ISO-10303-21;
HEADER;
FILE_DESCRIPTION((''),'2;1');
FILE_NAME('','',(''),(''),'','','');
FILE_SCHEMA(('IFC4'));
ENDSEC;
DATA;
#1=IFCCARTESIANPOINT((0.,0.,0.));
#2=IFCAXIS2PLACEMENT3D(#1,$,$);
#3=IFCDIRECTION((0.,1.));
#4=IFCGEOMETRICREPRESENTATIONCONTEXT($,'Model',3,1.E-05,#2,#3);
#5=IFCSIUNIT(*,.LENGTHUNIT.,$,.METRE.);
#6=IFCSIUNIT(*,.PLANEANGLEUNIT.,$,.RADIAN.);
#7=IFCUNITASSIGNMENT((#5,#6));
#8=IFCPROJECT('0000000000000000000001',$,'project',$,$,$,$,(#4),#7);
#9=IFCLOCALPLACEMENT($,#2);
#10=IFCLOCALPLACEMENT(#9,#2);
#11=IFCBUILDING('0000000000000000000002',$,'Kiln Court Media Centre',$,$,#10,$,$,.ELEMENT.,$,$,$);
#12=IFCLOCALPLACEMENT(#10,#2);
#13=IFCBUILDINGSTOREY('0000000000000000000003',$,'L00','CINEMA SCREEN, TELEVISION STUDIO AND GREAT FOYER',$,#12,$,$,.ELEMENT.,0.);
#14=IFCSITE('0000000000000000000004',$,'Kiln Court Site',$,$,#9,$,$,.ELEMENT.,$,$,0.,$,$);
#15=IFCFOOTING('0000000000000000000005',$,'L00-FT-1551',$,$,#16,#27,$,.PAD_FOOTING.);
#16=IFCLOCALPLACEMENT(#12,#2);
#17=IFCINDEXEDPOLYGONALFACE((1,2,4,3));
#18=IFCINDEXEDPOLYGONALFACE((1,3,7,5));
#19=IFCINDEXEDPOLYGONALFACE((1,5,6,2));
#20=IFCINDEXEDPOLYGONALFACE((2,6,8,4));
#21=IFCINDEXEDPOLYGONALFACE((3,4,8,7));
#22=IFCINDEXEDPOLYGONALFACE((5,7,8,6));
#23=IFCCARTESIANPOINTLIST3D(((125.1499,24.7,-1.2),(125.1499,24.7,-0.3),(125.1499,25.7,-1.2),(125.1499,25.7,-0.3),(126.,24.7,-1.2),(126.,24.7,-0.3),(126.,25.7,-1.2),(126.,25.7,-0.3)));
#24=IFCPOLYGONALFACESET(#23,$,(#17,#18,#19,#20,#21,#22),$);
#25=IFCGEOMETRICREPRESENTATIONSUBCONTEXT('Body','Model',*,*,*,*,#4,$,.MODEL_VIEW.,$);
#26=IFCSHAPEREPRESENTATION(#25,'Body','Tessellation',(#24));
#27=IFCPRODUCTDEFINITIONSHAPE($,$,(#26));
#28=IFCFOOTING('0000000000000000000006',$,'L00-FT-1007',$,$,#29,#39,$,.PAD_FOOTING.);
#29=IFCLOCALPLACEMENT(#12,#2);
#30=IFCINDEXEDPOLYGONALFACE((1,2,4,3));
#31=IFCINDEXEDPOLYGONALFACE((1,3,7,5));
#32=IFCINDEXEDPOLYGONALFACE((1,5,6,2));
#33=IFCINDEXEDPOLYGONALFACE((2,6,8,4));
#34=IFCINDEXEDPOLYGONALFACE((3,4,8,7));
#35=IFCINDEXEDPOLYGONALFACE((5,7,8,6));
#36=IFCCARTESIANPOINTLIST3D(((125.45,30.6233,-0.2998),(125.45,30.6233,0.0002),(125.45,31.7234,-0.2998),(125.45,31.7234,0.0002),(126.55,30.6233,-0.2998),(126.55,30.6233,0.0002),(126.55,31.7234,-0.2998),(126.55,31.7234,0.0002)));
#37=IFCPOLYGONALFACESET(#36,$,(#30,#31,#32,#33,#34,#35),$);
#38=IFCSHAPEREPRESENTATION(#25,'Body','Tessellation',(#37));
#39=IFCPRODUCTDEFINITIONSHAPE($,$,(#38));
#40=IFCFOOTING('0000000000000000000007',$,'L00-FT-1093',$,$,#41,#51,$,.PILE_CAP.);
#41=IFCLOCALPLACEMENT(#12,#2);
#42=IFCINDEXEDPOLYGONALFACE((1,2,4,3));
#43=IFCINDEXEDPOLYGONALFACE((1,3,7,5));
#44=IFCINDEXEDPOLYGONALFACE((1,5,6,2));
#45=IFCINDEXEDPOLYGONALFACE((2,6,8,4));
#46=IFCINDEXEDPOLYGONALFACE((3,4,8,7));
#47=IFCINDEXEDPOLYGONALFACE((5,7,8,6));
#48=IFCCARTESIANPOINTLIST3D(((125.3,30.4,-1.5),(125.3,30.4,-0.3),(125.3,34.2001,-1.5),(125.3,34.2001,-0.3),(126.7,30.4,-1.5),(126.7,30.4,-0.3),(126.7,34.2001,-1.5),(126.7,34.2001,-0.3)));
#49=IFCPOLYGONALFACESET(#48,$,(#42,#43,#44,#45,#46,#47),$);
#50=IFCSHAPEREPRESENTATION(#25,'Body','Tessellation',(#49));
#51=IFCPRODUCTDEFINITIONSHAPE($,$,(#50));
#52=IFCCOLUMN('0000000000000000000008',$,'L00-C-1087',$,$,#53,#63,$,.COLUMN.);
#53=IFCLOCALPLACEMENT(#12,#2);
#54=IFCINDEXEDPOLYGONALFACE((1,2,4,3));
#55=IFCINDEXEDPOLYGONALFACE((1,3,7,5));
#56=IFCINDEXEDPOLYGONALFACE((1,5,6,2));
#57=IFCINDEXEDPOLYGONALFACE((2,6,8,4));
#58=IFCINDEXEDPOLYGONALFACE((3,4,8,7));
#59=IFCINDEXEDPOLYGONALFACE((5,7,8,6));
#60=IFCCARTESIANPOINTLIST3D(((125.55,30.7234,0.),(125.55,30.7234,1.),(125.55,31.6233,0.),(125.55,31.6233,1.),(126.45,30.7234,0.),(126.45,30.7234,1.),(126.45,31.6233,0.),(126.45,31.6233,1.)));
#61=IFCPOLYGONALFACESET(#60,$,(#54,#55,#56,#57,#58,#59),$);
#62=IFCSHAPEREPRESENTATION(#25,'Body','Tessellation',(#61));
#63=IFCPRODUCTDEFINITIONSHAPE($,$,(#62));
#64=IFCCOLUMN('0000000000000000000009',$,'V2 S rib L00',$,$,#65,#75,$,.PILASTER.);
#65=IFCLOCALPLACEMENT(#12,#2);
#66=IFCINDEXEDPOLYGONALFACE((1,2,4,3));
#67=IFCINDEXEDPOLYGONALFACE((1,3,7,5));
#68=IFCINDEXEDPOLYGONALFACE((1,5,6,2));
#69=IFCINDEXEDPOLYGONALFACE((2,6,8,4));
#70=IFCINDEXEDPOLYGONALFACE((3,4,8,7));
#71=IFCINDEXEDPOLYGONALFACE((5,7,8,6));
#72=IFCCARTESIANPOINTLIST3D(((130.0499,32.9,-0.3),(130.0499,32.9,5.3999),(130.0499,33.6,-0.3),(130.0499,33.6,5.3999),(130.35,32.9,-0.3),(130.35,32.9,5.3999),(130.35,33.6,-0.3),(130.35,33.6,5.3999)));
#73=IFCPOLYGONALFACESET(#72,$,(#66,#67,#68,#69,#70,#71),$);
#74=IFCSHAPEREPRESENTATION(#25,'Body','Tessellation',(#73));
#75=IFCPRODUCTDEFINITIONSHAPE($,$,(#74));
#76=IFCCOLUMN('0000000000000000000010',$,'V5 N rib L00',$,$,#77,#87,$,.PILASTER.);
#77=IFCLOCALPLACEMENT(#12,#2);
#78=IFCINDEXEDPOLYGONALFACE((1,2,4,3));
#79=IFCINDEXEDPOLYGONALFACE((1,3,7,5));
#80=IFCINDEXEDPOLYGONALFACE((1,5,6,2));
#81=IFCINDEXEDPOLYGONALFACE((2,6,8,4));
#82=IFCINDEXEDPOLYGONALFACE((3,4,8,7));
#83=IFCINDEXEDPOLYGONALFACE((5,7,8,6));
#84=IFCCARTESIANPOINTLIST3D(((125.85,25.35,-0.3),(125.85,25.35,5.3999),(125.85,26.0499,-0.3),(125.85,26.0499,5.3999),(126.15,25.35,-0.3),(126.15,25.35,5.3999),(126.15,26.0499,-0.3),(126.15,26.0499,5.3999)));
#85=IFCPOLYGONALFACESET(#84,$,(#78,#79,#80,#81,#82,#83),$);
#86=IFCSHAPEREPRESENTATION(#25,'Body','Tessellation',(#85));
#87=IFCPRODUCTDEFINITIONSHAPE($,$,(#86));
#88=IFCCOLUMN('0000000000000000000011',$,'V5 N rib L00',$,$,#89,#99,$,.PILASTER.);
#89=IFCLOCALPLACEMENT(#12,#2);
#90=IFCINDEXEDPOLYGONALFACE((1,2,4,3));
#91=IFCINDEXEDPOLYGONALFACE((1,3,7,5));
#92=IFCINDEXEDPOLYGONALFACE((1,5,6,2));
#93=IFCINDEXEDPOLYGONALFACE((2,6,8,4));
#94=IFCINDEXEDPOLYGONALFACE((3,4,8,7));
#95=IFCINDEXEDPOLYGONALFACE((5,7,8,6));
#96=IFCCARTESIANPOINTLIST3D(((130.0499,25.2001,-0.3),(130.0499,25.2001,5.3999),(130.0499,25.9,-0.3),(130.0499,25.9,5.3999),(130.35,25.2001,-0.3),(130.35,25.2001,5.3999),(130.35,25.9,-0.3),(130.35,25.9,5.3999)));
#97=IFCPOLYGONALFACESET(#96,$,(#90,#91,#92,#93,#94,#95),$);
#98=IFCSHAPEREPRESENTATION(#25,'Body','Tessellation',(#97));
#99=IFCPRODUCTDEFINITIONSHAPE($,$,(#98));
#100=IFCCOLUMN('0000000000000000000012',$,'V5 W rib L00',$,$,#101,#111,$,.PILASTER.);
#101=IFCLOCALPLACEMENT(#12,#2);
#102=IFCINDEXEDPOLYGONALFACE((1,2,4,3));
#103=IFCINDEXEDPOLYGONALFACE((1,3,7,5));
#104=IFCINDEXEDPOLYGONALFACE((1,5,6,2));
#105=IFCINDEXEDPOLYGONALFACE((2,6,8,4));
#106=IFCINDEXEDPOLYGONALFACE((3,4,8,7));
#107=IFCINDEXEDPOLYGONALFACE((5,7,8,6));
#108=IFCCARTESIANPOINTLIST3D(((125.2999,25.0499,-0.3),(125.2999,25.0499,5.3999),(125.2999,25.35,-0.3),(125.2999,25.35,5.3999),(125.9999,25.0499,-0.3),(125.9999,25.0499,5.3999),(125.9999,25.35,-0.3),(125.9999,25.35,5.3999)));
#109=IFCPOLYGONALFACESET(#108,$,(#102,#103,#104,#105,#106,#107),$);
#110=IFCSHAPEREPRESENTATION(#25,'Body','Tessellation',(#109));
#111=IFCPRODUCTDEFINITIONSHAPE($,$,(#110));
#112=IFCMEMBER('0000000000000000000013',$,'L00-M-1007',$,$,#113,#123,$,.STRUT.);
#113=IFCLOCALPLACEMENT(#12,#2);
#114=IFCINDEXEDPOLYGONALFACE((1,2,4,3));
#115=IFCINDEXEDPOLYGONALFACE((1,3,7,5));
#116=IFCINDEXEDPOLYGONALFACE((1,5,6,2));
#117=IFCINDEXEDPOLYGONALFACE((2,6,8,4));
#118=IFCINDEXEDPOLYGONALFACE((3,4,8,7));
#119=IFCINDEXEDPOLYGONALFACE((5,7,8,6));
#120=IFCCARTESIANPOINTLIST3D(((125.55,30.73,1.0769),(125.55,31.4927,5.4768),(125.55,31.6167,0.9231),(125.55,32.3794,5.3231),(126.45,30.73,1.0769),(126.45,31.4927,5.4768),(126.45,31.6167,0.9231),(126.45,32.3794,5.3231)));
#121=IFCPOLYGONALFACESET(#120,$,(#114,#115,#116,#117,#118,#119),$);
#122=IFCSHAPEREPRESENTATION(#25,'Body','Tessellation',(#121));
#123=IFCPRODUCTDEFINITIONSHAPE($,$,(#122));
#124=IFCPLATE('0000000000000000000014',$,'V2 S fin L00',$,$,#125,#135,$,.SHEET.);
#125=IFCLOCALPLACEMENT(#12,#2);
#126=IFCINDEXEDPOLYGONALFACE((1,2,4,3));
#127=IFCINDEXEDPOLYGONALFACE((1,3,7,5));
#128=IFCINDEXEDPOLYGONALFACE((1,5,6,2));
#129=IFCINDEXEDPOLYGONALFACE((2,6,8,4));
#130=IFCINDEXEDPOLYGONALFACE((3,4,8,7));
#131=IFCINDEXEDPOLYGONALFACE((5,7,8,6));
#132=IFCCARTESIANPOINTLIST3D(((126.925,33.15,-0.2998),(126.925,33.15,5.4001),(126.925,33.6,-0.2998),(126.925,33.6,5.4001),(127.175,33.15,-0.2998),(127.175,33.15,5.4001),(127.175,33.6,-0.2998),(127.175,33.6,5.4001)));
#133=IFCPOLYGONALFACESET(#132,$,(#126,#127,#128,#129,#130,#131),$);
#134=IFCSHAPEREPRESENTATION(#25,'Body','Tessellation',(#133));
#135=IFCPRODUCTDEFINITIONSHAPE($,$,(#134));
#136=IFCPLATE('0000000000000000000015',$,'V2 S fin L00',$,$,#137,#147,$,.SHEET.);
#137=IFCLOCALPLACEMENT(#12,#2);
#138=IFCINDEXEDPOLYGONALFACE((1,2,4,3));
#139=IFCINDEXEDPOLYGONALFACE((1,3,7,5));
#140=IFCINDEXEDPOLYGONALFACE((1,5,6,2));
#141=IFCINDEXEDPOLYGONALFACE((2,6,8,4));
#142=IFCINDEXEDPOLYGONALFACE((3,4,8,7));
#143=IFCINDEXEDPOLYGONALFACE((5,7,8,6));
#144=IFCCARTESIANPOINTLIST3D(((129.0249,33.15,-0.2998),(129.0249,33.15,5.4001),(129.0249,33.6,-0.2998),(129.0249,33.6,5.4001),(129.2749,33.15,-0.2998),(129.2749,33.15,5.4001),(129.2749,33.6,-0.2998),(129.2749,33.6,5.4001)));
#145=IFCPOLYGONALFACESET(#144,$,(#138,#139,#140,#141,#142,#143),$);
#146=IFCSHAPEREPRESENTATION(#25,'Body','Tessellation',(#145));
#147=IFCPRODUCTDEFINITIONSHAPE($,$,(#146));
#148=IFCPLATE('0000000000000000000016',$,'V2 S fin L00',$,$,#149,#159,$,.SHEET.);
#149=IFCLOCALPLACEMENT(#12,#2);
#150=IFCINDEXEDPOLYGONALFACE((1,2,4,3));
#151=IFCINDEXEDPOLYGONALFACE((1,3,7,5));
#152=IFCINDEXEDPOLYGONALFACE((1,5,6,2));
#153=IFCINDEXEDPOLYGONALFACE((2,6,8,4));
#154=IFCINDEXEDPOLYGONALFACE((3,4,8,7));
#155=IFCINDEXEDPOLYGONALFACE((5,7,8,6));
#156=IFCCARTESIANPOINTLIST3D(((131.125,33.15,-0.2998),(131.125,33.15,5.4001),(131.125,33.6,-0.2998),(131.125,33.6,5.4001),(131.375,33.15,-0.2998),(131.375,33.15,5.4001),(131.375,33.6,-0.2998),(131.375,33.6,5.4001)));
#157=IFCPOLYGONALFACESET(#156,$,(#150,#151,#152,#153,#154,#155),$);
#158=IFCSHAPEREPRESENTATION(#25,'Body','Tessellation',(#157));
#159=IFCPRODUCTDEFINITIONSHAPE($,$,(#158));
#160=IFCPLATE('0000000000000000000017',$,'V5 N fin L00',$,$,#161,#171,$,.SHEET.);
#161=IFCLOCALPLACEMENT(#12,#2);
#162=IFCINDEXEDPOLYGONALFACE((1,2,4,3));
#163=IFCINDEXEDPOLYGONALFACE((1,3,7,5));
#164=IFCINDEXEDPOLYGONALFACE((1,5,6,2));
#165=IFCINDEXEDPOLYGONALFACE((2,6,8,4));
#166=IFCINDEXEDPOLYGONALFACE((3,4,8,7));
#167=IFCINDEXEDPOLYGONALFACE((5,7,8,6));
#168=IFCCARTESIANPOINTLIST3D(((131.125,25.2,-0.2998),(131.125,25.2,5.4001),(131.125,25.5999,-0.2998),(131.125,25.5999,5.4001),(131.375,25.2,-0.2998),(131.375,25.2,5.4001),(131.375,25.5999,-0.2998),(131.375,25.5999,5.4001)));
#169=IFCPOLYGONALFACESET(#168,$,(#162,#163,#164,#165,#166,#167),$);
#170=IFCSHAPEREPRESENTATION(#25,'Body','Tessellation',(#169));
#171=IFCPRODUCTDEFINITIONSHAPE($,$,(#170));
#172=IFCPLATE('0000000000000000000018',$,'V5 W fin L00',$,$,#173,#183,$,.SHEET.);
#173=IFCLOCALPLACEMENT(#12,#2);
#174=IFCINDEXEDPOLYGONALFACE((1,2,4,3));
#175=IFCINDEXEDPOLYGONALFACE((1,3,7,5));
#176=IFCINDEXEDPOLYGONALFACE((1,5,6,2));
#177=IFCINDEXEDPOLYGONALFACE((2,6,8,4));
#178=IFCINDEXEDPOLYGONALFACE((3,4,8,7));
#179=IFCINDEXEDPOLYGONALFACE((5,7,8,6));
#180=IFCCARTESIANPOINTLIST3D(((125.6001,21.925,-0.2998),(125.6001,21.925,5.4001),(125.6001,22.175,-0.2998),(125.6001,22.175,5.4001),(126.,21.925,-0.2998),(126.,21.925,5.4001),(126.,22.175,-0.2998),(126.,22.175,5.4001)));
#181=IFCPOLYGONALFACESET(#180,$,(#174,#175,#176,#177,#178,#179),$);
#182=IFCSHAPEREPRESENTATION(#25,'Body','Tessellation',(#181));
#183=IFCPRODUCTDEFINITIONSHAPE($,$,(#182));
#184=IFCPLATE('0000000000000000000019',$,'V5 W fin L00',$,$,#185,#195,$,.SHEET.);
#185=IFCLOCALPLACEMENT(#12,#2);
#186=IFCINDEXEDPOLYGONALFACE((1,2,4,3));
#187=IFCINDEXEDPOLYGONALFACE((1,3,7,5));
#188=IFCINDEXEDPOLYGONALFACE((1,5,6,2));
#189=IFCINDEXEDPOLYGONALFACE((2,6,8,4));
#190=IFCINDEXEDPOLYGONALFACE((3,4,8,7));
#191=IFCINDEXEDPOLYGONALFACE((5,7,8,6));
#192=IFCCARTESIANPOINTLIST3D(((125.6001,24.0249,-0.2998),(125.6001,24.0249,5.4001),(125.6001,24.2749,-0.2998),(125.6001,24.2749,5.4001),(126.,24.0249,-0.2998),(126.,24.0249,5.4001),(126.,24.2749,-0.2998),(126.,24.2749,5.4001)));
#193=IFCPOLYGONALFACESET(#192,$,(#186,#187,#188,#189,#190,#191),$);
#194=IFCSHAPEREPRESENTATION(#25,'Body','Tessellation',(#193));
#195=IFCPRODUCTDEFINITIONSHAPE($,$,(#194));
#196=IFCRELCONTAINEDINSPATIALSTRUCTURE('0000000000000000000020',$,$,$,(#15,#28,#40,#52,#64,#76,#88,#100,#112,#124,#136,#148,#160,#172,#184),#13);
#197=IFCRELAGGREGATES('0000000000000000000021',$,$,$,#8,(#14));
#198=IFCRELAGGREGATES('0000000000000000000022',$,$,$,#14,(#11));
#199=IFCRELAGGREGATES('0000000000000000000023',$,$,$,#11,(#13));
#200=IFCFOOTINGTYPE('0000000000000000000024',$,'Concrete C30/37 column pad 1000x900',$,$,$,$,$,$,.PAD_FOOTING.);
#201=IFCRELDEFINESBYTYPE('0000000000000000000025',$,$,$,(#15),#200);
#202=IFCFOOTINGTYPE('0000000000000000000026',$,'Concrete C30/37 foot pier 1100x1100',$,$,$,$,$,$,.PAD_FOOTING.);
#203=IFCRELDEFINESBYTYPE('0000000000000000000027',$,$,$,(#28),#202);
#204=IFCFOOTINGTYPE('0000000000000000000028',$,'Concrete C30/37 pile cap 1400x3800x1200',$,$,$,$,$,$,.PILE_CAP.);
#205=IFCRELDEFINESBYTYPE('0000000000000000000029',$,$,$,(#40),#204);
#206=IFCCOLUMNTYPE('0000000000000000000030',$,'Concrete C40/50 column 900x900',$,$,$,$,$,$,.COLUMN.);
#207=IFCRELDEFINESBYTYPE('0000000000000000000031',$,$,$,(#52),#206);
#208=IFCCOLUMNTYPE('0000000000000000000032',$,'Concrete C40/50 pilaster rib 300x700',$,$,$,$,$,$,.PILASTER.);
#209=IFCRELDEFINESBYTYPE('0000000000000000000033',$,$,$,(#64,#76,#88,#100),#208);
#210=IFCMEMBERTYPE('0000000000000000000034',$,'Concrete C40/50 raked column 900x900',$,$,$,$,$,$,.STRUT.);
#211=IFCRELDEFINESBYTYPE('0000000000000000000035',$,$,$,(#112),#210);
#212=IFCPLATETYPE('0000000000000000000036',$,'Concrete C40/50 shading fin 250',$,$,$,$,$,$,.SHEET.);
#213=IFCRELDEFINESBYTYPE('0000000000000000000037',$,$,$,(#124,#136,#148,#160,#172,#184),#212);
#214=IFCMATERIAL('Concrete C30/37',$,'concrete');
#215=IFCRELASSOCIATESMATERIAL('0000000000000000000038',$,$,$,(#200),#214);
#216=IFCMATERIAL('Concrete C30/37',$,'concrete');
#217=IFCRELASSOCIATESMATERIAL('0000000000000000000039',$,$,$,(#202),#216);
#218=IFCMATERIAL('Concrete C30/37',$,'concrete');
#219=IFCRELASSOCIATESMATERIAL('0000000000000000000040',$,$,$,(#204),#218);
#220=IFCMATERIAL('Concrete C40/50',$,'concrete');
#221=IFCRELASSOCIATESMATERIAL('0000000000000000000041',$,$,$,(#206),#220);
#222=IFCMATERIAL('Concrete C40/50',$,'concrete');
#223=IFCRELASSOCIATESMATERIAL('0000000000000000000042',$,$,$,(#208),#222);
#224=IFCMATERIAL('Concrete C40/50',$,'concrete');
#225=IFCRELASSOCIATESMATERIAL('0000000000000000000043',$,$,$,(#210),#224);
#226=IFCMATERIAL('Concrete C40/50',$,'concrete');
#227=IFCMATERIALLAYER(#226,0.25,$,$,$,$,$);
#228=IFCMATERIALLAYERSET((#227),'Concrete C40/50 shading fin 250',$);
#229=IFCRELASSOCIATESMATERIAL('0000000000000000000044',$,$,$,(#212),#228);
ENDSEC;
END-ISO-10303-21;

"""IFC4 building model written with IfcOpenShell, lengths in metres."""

from ifc_helpers import new_model, si_unit, direction, frame, origin, origin_2d, place, context, subcontext, project, spatial, rectangle, extrude, material, layer, layer_set, material_profile, profile_set, type_object, element, save


model = new_model("IFC4")

# Units and contexts
model_context = context("Model", 3, precision=1e-05, world=origin(), true_north=direction((0.0, 1.0)))
body_context = subcontext(model_context, "Body", "Model", "MODEL_VIEW")
ifc_project = project(units=[si_unit("LENGTHUNIT", "METRE"), si_unit("PLANEANGLEUNIT", "RADIAN")], contexts=[model_context])

# Site, building, storey
site_placement = place(None, origin())
site = spatial("IfcSite", under=ifc_project, at=site_placement, Name="Kiln Court Site", CompositionType="ELEMENT", RefElevation=0.0)
building_placement = place(site_placement, origin())
building = spatial("IfcBuilding", under=site, at=building_placement, Name="Kiln Court Media Centre", CompositionType="ELEMENT")
storey_placement = place(building_placement, origin())
storey = spatial("IfcBuildingStorey", under=building, at=storey_placement, Name="L00", Description="CINEMA SCREEN, TELEVISION STUDIO AND GREAT FOYER", CompositionType="ELEMENT", Elevation=0.0)

# Footings
ifc_material_1 = material(Name="Concrete C30/37", Category="concrete")
footing_type_1 = type_object("IfcFootingType", Name="Concrete C30/37 column pad 1000x900", PredefinedType="PAD_FOOTING", material=ifc_material_1)
footing_1_placement = place(storey_placement, frame((125.575, 25.2, -1.2), z_axis=(0.0, 0.0, 1.0), x_axis=(1.0, 0.0, 0.0)))
element("IfcFooting", 1, at=footing_1_placement, inside=storey, type_object=footing_type_1, Name="L00-FT-1551", PredefinedType="PAD_FOOTING", context=body_context, shape_type="SweptSolid", body=[
    extrude(rectangle(XDim=0.8501, YDim=1.0, at=origin_2d()), origin(), (0.0, 0.0, 1.0), 0.8999),
])
ifc_material_2 = material(Name="Concrete C30/37", Category="concrete")
footing_type_2 = type_object("IfcFootingType", Name="Concrete C30/37 foot pier 1100x1100", PredefinedType="PAD_FOOTING", material=ifc_material_2)
footing_2_placement = place(storey_placement, frame((126.0, 31.1733, -0.2998), z_axis=(0.0, 0.0, 1.0), x_axis=(1.0, 0.0, 0.0)))
element("IfcFooting", 2, at=footing_2_placement, inside=storey, type_object=footing_type_2, Name="L00-FT-1007", PredefinedType="PAD_FOOTING", context=body_context, shape_type="SweptSolid", body=[
    extrude(rectangle(XDim=1.1001, YDim=1.1001, at=origin_2d()), origin(), (0.0, 0.0, 1.0), 0.3),
])
ifc_material_3 = material(Name="Concrete C30/37", Category="concrete")
footing_type_3 = type_object("IfcFootingType", Name="Concrete C30/37 pile cap 1400x3800x1200", PredefinedType="PILE_CAP", material=ifc_material_3)
footing_3_placement = place(storey_placement, frame((126.0, 32.3, -1.5), z_axis=(0.0, 0.0, 1.0), x_axis=(1.0, 0.0, 0.0)))
element("IfcFooting", 3, at=footing_3_placement, inside=storey, type_object=footing_type_3, Name="L00-FT-1093", PredefinedType="PILE_CAP", context=body_context, shape_type="SweptSolid", body=[
    extrude(rectangle(XDim=1.3999, YDim=3.8, at=origin_2d()), origin(), (0.0, 0.0, 1.0), 1.2),
])

# Columns
ifc_material_4 = material(Name="Concrete C40/50", Category="concrete")
ifc_material_profile_1 = material_profile(ifc_material_4, rectangle(XDim=0.8999, YDim=0.8999, at=origin_2d()), Name="RC 900x900")
ifc_profile_set_1 = profile_set([ifc_material_profile_1], Name="Concrete C40/50")
column_type_1 = type_object("IfcColumnType", Name="Concrete C40/50 column 900x900", PredefinedType="COLUMN", material=ifc_profile_set_1)
column_placement = place(storey_placement, frame((126.0, 31.1733, 0.0), z_axis=(0.0, 0.0, 1.0), x_axis=(1.0, 0.0, 0.0)))
element("IfcColumn", 4, at=column_placement, inside=storey, type_object=column_type_1, Name="L00-C-1087", PredefinedType="COLUMN", context=body_context, shape_type="SweptSolid", body=[
    extrude(rectangle(XDim=0.8999, YDim=0.8999, at=origin_2d()), origin(), (0.0, 0.0, 1.0), 1.0),
])
ifc_material_5 = material(Name="Concrete C40/50", Category="concrete")
ifc_material_profile_2 = material_profile(ifc_material_5, rectangle(XDim=0.3, YDim=0.7, at=origin_2d()), Name="RC 300x700")
ifc_profile_set_2 = profile_set([ifc_material_profile_2], Name="Concrete C40/50")
column_type_2 = type_object("IfcColumnType", Name="Concrete C40/50 pilaster rib 300x700", PredefinedType="PILASTER", material=ifc_profile_set_2)
for number, where, z_axis, x_axis, name in (
    (5, (130.2, 33.25, -0.3), (0.0, 0.0, 1.0), (1.0, 0.0, 0.0), "V2 S rib L00"),
    (6, (126.0, 25.7, -0.3), (0.0, 0.0, 1.0), (1.0, 0.0, 0.0), "V5 N rib L00"),
    (7, (130.2, 25.55, -0.3), (0.0, 0.0, 1.0), (1.0, 0.0, 0.0), "V5 N rib L00"),
    (8, (125.6499, 25.2, -0.3), (0.0, 0.0, 1.0), (0.0, 1.0, 0.0), "V5 W rib L00"),
):
    element("IfcColumn", number, at=place(storey_placement, frame(where, z_axis=z_axis, x_axis=x_axis)), inside=storey, type_object=column_type_2, Name=name, PredefinedType="PILASTER", context=body_context, shape_type="SweptSolid", body=[
        extrude(rectangle(XDim=0.3, YDim=0.7, at=origin_2d()), origin(), (0.0, 0.0, 1.0), 5.7),
    ])

# Member
ifc_material_6 = material(Name="Concrete C40/50", Category="concrete")
ifc_material_profile_3 = material_profile(ifc_material_6, rectangle(XDim=0.8999, YDim=0.8999, at=origin_2d()), Name="RC 900x900")
ifc_profile_set_3 = profile_set([ifc_material_profile_3], Name="Concrete C40/50")
member_type = type_object("IfcMemberType", Name="Concrete C40/50 raked column 900x900", PredefinedType="STRUT", material=ifc_profile_set_3)
member_placement = place(storey_placement, frame((126.0, 31.1733, 1.0), z_axis=(0.0, 0.170797, 0.985306), x_axis=(-1.0, 0.0, 0.0)))
element("IfcMember", 9, at=member_placement, inside=storey, type_object=member_type, Name="L00-M-1007", PredefinedType="STRUT", context=body_context, shape_type="SweptSolid", body=[
    extrude(rectangle(XDim=0.8999, YDim=0.8999, at=origin_2d()), origin(), (0.0, 0.0, 1.0), 4.4656),
])

# Plates
ifc_material_7 = material(Name="Concrete C40/50", Category="concrete")
ifc_layer_1 = layer(ifc_material_7, 0.25)
ifc_layer_set_1 = layer_set([ifc_layer_1], Name="Concrete C40/50 shading fin 250")
plate_type = type_object("IfcPlateType", Name="Concrete C40/50 shading fin 250", PredefinedType="SHEET", material=ifc_layer_set_1)
for number, where, z_axis, x_axis, name in (
    (10, (127.05, 33.375, -0.2998), (0.0, 0.0, 1.0), (1.0, 0.0, 0.0), "V2 S fin L00"),
    (11, (129.1499, 33.375, -0.2998), (0.0, 0.0, 1.0), (1.0, 0.0, 0.0), "V2 S fin L00"),
    (12, (131.25, 33.375, -0.2998), (0.0, 0.0, 1.0), (1.0, 0.0, 0.0), "V2 S fin L00"),
):
    element("IfcPlate", number, at=place(storey_placement, frame(where, z_axis=z_axis, x_axis=x_axis)), inside=storey, type_object=plate_type, Name=name, PredefinedType="SHEET", context=body_context, shape_type="SweptSolid", body=[
        extrude(rectangle(XDim=0.25, YDim=0.45, at=origin_2d()), origin(), (0.0, 0.0, 1.0), 5.7),
    ])
plate_placement = place(storey_placement, frame((131.25, 25.3999, -0.2998), z_axis=(0.0, 0.0, 1.0), x_axis=(1.0, 0.0, 0.0)))
element("IfcPlate", 13, at=plate_placement, inside=storey, type_object=plate_type, Name="V5 N fin L00", PredefinedType="SHEET", context=body_context, shape_type="SweptSolid", body=[
    extrude(rectangle(XDim=0.25, YDim=0.3999, at=origin_2d()), origin(), (0.0, 0.0, 1.0), 5.7),
])
for number, where, z_axis, x_axis, name in (
    (14, (125.8, 22.05, -0.2998), (0.0, 0.0, 1.0), (1.0, 0.0, 0.0), "V5 W fin L00"),
    (15, (125.8, 24.1499, -0.2998), (0.0, 0.0, 1.0), (1.0, 0.0, 0.0), "V5 W fin L00"),
):
    element("IfcPlate", number, at=place(storey_placement, frame(where, z_axis=z_axis, x_axis=x_axis)), inside=storey, type_object=plate_type, Name=name, PredefinedType="SHEET", context=body_context, shape_type="SweptSolid", body=[
        extrude(rectangle(XDim=0.3999, YDim=0.25, at=origin_2d()), origin(), (0.0, 0.0, 1.0), 5.7),
    ])

save(model, "model.ifc")
